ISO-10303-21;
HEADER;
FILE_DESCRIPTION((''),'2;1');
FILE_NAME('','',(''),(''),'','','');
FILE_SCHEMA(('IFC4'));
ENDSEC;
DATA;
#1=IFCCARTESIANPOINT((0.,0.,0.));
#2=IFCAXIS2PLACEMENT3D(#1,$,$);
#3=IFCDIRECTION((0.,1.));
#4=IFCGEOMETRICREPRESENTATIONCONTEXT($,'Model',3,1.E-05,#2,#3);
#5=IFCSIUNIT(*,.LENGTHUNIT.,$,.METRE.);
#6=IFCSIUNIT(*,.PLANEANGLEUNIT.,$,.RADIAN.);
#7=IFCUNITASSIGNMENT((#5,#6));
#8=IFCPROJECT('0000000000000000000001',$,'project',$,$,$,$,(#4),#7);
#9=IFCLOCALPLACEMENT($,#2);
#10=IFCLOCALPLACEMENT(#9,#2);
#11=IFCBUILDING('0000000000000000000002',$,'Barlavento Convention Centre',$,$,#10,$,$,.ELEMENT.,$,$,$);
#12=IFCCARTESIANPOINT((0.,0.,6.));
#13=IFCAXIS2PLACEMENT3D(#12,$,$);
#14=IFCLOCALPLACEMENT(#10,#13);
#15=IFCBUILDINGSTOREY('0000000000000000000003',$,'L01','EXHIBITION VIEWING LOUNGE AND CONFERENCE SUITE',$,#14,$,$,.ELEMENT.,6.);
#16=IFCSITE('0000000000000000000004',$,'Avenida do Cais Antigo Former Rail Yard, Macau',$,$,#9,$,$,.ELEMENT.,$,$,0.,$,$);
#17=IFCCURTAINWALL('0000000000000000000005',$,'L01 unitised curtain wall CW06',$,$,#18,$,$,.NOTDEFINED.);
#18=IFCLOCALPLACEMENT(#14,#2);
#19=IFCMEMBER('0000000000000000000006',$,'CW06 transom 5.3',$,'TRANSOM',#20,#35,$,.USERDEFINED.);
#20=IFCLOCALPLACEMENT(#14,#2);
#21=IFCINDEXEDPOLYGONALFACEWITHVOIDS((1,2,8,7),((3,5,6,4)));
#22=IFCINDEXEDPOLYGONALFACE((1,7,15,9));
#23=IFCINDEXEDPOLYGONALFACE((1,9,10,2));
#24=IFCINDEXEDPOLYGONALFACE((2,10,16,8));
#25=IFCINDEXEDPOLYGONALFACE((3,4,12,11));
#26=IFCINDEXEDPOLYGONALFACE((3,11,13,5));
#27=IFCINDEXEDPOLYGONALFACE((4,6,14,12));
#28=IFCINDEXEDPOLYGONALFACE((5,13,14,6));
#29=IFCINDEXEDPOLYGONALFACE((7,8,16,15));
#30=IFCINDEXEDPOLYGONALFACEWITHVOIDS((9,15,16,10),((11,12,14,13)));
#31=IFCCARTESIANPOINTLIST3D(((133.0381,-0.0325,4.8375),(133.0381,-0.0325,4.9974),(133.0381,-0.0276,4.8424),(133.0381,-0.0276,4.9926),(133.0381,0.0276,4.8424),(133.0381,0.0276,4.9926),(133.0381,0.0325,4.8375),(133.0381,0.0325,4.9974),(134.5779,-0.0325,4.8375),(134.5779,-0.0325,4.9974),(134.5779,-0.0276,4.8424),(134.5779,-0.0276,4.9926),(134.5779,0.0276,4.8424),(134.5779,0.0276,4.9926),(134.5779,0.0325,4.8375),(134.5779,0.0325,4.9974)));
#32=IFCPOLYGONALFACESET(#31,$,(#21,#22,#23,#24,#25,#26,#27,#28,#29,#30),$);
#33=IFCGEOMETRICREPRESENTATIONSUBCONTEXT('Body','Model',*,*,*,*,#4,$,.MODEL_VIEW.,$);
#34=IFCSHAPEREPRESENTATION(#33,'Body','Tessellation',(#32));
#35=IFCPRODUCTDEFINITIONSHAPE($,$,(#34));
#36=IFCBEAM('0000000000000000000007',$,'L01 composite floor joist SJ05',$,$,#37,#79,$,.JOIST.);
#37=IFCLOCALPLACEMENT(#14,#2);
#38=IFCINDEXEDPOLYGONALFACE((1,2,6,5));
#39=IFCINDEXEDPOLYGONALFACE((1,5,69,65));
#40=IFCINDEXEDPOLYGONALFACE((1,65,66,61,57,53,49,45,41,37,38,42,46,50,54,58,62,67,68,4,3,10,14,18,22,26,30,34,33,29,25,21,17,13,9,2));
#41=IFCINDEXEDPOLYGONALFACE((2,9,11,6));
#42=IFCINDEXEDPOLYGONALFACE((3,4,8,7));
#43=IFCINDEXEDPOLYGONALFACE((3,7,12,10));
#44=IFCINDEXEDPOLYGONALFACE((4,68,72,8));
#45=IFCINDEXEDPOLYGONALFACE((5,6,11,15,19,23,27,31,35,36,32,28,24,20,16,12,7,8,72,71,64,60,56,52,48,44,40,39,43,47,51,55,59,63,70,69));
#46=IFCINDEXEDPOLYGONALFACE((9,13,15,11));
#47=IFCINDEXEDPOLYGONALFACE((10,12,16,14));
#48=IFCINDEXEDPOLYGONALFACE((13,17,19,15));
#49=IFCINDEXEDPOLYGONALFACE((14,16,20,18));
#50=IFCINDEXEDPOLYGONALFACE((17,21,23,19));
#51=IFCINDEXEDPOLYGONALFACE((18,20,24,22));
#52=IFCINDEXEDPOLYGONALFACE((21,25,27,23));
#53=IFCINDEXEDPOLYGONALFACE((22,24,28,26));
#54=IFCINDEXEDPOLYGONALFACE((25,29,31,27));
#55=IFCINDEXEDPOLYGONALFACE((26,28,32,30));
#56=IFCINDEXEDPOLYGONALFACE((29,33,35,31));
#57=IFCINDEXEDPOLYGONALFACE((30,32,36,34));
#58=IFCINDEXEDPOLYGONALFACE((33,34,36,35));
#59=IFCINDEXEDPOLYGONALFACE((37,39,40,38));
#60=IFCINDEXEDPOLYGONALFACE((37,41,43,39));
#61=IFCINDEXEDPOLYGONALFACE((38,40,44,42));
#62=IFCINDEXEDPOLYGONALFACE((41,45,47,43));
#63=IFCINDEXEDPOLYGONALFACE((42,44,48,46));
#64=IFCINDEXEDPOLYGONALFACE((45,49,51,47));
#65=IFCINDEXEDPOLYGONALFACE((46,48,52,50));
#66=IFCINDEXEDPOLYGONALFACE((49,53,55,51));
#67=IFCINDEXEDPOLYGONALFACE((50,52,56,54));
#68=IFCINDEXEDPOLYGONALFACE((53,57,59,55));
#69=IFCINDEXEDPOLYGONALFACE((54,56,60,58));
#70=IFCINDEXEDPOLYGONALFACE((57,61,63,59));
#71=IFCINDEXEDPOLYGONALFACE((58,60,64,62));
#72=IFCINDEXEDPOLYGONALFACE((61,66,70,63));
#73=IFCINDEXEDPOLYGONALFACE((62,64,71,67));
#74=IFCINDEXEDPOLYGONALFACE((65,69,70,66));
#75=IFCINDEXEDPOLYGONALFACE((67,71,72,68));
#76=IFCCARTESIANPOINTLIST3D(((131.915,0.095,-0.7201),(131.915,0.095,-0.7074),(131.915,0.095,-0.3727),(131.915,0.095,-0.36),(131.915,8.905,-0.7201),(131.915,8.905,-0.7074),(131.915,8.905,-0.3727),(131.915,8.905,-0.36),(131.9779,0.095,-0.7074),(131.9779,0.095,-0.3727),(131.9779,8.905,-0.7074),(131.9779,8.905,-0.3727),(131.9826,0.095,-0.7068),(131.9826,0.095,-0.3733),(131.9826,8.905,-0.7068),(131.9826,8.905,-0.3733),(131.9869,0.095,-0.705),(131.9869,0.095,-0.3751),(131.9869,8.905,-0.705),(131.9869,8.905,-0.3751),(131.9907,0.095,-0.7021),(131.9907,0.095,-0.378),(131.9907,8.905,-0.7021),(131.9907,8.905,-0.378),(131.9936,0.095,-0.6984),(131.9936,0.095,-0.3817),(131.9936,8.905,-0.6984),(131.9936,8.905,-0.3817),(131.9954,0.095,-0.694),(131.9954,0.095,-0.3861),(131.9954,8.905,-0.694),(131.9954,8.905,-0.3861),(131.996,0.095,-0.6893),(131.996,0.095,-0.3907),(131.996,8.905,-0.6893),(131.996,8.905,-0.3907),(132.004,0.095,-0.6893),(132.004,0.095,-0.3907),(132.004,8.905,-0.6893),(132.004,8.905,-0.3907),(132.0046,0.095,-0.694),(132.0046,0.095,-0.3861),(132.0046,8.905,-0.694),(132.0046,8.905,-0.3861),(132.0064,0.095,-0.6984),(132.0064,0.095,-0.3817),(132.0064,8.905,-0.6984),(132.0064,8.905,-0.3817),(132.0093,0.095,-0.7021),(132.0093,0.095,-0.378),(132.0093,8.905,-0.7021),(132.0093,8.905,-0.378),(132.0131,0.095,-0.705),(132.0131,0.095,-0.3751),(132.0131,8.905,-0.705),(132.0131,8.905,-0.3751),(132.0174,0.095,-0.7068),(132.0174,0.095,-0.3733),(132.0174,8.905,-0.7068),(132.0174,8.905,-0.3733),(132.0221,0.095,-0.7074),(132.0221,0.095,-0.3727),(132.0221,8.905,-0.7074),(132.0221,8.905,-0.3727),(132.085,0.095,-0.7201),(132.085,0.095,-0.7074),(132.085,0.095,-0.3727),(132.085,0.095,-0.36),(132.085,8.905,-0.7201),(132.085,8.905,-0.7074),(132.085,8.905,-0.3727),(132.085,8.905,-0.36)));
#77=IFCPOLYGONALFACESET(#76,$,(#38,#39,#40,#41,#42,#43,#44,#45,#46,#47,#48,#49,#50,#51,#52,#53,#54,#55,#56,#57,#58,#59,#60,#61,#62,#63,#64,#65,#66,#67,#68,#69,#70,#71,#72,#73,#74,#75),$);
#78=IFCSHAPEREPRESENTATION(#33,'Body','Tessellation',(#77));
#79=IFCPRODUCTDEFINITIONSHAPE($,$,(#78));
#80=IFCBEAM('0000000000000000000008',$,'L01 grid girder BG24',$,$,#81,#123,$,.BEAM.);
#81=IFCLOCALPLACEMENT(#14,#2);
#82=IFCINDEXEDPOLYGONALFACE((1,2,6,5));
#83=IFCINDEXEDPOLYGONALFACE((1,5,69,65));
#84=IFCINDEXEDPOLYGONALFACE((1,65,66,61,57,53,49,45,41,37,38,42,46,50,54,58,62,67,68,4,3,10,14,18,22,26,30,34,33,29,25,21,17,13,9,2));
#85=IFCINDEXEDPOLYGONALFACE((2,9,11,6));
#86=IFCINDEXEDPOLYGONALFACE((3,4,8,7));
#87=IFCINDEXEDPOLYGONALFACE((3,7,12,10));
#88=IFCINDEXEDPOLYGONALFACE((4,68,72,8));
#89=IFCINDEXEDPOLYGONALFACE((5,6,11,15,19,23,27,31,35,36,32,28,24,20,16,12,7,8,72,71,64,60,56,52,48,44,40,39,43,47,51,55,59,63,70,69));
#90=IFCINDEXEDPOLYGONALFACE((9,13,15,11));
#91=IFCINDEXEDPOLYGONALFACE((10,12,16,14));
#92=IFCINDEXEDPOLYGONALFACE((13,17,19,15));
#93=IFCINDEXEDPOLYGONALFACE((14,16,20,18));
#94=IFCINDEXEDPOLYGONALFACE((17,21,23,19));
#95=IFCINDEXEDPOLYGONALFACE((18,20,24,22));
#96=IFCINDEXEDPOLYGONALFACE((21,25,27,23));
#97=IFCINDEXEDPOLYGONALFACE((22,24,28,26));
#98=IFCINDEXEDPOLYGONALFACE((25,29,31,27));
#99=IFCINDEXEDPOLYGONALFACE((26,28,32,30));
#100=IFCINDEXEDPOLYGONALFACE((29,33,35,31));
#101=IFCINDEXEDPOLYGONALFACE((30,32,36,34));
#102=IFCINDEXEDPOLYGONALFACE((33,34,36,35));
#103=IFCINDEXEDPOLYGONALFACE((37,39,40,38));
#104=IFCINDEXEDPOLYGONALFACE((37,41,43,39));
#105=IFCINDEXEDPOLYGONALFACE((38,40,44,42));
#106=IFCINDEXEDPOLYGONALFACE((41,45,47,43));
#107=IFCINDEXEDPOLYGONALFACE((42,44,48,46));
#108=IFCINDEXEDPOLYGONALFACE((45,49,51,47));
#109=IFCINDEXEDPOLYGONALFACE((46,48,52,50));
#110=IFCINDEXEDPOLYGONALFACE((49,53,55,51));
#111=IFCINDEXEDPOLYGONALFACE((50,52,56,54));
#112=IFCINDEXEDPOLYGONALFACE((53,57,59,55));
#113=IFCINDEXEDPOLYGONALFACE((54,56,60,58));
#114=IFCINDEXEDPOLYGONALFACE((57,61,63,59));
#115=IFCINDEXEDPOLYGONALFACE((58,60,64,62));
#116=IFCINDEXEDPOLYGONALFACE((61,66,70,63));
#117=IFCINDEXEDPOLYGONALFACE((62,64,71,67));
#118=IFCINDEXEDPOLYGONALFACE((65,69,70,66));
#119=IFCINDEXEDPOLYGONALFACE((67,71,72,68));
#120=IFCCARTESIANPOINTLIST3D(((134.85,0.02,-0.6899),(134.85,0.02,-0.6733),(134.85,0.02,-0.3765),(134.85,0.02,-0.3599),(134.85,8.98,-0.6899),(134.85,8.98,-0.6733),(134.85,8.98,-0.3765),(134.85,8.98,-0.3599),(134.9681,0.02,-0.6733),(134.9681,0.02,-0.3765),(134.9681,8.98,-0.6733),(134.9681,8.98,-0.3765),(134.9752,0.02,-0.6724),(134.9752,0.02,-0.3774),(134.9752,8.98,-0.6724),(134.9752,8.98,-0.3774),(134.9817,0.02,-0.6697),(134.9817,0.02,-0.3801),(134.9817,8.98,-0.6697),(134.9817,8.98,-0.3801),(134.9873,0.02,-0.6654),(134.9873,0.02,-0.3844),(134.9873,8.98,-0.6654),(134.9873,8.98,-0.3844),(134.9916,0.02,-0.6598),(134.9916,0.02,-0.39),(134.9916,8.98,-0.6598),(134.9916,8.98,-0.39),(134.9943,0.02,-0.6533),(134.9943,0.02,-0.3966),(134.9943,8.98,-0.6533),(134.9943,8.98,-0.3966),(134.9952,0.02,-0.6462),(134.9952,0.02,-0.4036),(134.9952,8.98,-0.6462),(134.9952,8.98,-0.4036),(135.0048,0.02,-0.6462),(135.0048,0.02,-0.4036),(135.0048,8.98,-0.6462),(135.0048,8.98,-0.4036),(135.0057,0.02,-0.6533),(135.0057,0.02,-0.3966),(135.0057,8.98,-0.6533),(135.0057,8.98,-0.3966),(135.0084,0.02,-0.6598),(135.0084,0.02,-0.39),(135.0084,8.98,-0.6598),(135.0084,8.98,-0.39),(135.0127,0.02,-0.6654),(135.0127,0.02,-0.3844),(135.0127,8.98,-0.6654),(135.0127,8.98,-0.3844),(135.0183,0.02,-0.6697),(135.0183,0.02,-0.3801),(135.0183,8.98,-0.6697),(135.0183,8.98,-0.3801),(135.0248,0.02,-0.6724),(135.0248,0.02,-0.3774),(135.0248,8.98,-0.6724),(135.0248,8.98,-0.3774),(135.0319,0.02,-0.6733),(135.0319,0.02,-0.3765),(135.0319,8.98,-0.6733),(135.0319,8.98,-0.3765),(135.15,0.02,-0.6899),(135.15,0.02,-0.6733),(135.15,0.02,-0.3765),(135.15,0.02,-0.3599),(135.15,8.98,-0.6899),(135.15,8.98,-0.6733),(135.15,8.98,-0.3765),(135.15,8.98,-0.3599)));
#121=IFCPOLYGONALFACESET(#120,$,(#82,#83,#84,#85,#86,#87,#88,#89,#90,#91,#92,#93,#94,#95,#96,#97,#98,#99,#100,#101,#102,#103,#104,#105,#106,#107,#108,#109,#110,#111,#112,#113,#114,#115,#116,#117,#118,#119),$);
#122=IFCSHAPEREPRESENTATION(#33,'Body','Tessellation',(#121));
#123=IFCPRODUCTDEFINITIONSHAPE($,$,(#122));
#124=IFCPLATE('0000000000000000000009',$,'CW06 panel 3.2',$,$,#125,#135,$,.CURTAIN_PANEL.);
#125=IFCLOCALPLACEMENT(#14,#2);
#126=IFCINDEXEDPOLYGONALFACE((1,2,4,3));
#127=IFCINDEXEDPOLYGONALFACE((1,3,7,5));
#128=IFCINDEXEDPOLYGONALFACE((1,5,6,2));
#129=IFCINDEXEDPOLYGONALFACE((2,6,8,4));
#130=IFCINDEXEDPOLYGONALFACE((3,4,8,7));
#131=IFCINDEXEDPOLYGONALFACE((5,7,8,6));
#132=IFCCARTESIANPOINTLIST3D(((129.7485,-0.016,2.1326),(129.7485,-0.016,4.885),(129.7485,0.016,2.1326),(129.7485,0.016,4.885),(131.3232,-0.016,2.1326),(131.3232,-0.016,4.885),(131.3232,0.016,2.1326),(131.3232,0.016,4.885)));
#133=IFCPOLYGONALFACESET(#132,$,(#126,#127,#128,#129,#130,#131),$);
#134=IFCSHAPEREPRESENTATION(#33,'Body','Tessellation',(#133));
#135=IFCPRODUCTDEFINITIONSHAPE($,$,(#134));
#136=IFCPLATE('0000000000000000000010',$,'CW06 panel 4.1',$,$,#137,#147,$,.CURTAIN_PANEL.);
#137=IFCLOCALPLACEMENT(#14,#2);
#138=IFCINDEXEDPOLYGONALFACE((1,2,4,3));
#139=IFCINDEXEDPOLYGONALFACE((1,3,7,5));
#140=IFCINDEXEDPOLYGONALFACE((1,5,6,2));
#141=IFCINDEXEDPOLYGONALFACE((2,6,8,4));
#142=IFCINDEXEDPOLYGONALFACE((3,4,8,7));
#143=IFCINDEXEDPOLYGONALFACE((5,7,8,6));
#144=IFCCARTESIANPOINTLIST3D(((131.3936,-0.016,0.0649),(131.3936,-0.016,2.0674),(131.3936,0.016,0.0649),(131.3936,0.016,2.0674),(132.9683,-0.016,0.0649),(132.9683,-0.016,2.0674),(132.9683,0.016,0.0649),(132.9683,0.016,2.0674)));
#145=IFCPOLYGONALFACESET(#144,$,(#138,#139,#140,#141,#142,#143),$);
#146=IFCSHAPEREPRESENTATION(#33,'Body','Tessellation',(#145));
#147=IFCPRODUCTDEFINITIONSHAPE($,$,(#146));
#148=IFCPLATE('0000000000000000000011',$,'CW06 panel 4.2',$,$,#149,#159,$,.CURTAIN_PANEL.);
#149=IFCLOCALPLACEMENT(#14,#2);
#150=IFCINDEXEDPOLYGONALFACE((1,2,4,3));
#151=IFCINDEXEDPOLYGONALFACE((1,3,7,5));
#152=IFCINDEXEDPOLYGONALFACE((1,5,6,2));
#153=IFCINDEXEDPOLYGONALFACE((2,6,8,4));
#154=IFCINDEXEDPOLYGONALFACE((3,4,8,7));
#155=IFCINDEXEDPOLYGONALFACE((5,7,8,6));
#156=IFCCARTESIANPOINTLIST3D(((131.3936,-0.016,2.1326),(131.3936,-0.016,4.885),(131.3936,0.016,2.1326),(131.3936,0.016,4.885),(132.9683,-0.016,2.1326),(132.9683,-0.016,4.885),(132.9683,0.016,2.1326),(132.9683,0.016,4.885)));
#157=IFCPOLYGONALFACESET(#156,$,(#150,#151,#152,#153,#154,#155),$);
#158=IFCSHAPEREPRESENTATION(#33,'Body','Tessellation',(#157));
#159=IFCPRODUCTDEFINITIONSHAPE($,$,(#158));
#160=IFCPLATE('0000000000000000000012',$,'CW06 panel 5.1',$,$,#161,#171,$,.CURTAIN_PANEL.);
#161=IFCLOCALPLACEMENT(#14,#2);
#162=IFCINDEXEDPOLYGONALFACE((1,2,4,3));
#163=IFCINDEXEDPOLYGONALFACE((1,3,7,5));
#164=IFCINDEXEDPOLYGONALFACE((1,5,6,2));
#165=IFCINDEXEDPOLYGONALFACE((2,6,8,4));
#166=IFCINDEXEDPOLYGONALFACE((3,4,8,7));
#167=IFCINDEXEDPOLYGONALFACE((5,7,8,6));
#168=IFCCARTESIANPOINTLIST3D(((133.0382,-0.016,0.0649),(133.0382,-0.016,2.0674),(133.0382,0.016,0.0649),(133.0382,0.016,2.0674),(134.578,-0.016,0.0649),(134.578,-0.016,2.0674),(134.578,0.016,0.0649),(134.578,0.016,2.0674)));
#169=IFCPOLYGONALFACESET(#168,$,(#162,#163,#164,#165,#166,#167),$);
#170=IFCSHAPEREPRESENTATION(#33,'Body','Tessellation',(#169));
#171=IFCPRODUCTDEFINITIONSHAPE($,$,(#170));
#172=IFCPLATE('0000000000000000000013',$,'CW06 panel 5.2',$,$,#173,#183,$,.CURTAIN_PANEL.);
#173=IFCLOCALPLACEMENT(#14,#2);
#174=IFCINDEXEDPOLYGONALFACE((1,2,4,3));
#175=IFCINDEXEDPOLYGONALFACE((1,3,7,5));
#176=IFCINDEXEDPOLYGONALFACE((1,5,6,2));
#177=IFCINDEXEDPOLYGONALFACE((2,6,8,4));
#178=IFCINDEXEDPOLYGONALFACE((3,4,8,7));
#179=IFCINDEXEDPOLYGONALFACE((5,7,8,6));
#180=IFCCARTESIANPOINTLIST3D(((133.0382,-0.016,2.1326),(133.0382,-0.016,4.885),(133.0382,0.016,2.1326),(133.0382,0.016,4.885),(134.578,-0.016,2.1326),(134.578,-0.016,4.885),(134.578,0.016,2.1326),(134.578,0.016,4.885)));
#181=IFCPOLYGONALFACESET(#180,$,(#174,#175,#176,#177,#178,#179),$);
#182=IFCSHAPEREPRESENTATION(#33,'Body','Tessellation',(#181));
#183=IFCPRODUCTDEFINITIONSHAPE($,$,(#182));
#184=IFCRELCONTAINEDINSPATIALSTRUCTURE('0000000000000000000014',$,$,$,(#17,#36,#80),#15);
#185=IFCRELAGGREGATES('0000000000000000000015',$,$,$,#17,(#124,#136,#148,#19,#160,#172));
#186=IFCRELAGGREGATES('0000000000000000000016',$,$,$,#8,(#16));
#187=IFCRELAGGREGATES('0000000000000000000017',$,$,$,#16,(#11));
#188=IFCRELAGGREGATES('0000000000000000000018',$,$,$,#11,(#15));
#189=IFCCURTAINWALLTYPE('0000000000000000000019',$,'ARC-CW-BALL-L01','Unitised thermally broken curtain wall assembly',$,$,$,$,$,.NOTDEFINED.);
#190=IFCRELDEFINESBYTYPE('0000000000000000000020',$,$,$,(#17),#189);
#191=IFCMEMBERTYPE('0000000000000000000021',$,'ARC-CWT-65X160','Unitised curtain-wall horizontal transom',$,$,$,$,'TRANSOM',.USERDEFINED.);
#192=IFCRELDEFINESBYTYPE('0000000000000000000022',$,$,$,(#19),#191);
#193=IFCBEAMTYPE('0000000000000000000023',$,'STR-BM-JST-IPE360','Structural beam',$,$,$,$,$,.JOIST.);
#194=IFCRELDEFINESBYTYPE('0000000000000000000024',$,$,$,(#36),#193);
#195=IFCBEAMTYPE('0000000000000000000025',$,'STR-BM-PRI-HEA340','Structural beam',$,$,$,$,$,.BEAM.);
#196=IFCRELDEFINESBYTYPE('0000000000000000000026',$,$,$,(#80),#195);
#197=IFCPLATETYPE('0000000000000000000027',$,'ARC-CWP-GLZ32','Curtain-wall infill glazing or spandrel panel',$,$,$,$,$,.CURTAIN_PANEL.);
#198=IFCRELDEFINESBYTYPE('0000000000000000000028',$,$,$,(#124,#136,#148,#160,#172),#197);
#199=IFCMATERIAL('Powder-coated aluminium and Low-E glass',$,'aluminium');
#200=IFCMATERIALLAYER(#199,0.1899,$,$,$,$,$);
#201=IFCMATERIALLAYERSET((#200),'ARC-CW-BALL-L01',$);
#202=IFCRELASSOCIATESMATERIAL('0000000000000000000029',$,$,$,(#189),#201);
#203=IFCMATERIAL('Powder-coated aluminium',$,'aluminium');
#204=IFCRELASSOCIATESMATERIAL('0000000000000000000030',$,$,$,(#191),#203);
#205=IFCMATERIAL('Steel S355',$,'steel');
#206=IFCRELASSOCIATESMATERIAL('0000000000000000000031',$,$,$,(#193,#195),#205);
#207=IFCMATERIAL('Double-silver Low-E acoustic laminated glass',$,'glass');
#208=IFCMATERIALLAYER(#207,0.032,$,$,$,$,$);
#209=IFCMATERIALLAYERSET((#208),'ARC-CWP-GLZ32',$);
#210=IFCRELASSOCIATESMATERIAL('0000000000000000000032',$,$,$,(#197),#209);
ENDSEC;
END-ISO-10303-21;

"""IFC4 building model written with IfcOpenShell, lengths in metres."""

from ifc_helpers import new_model, si_unit, direction, frame, origin, origin_2d, place, context, subcontext, project, spatial, rectangle, hollow_rectangle, i_section, extrude, material, layer, layer_set, material_profile, profile_set, type_object, element, aggregate, save


model = new_model("IFC4")

# Units and contexts
model_context = context("Model", 3, precision=1e-05, world=origin(), true_north=direction((0.0, 1.0)))
body_context = subcontext(model_context, "Body", "Model", "MODEL_VIEW")
ifc_project = project(units=[si_unit("LENGTHUNIT", "METRE"), si_unit("PLANEANGLEUNIT", "RADIAN")], contexts=[model_context])

# Site, building, storey
site_placement = place(None, origin())
site = spatial("IfcSite", under=ifc_project, at=site_placement, Name="Avenida do Cais Antigo Former Rail Yard, Macau", CompositionType="ELEMENT", RefElevation=0.0)
building_placement = place(site_placement, origin())
building = spatial("IfcBuilding", under=site, at=building_placement, Name="Barlavento Convention Centre", CompositionType="ELEMENT")
storey_placement = place(building_placement, frame((0.0, 0.0, 6.0)))
storey = spatial("IfcBuildingStorey", under=building, at=storey_placement, Name="L01", Description="EXHIBITION VIEWING LOUNGE AND CONFERENCE SUITE", CompositionType="ELEMENT", Elevation=6.0)

# Shared definitions
ifc_material_1 = material(Name="Steel S355", Category="steel")

# Curtain wall, member
ifc_material_2 = material(Name="Powder-coated aluminium and Low-E glass", Category="aluminium")
ifc_layer_1 = layer(ifc_material_2, 0.1899)
ifc_layer_set_1 = layer_set([ifc_layer_1], Name="ARC-CW-BALL-L01")
curtain_wall_type = type_object("IfcCurtainWallType", Name="ARC-CW-BALL-L01", Description="Unitised thermally broken curtain wall assembly", PredefinedType="NOTDEFINED", material=ifc_layer_set_1)
curtain_wall_placement = place(storey_placement, origin())
curtain_wall = element("IfcCurtainWall", 1, at=curtain_wall_placement, inside=storey, type_object=curtain_wall_type, Name="L01 unitised curtain wall CW06", PredefinedType="NOTDEFINED")
ifc_material_3 = material(Name="Powder-coated aluminium", Category="aluminium")
ifc_material_profile_1 = material_profile(ifc_material_3, hollow_rectangle(XDim=0.0649, YDim=0.1599, WallThickness=0.0049, at=origin_2d()), Name="AL-TRAN 65x160x5")
ifc_profile_set_1 = profile_set([ifc_material_profile_1], Name="Powder-coated aluminium")
member_type_1 = type_object("IfcMemberType", Name="ARC-CWT-65X160", Description="Unitised curtain-wall horizontal transom", ElementType="TRANSOM", PredefinedType="USERDEFINED", material=ifc_profile_set_1)
member_1_placement = place(storey_placement, frame((133.0381, 0.0, 4.9175), z_axis=(1.0, 0.0, 0.0), x_axis=(0.0, 1.0, 0.0)))
member_1 = element("IfcMember", 2, at=member_1_placement, type_object=member_type_1, Name="CW06 transom 5.3", ObjectType="TRANSOM", PredefinedType="USERDEFINED", context=body_context, shape_type="SweptSolid", body=[
    extrude(hollow_rectangle(XDim=0.0649, YDim=0.1599, WallThickness=0.0049, at=origin_2d()), origin(), (0.0, 0.0, 1.0), 1.5398),
])

# Beams
ifc_material_profile_2 = material_profile(ifc_material_1, i_section(OverallWidth=0.1699, OverallDepth=0.3601, WebThickness=0.0081, FlangeThickness=0.0127, FilletRadius=0.0181, at=origin_2d()), Name="IPE 360")
ifc_profile_set_2 = profile_set([ifc_material_profile_2], Name="Steel S355")
beam_type_1 = type_object("IfcBeamType", Name="STR-BM-JST-IPE360", Description="Structural beam", PredefinedType="JOIST", material=ifc_profile_set_2)
beam_1_placement = place(storey_placement, frame((132.0, 0.095, -0.54), z_axis=(0.0, 1.0, 0.0), x_axis=(-1.0, 0.0, 0.0)))
element("IfcBeam", 3, at=beam_1_placement, inside=storey, type_object=beam_type_1, Name="L01 composite floor joist SJ05", PredefinedType="JOIST", context=body_context, shape_type="SweptSolid", body=[
    extrude(i_section(OverallWidth=0.1699, OverallDepth=0.3601, WebThickness=0.0081, FlangeThickness=0.0127, FilletRadius=0.0181, at=origin_2d()), origin(), (0.0, 0.0, 1.0), 8.8101),
])
ifc_material_profile_3 = material_profile(ifc_material_1, i_section(OverallWidth=0.3, OverallDepth=0.3301, WebThickness=0.0095, FlangeThickness=0.0166, FilletRadius=0.0271, at=origin_2d()), Name="HEA 340")
ifc_profile_set_3 = profile_set([ifc_material_profile_3], Name="Steel S355")
beam_type_2 = type_object("IfcBeamType", Name="STR-BM-PRI-HEA340", Description="Structural beam", PredefinedType="BEAM", material=ifc_profile_set_3)
beam_2_placement = place(storey_placement, frame((135.0, 0.02, -0.5249), z_axis=(0.0, 1.0, 0.0), x_axis=(-1.0, 0.0, 0.0)))
element("IfcBeam", 4, at=beam_2_placement, inside=storey, type_object=beam_type_2, Name="L01 grid girder BG24", PredefinedType="BEAM", context=body_context, shape_type="SweptSolid", body=[
    extrude(i_section(OverallWidth=0.3, OverallDepth=0.3301, WebThickness=0.0095, FlangeThickness=0.0166, FilletRadius=0.0271, at=origin_2d()), origin(), (0.0, 0.0, 1.0), 8.96),
])

# Plates
ifc_material_4 = material(Name="Double-silver Low-E acoustic laminated glass", Category="glass")
ifc_layer_2 = layer(ifc_material_4, 0.032)
ifc_layer_set_2 = layer_set([ifc_layer_2], Name="ARC-CWP-GLZ32")
plate_type = type_object("IfcPlateType", Name="ARC-CWP-GLZ32", Description="Curtain-wall infill glazing or spandrel panel", PredefinedType="CURTAIN_PANEL", material=ifc_layer_set_2)
plate_1_placement = place(storey_placement, frame((130.5359, 0.0, 2.1326), z_axis=(0.0, 0.0, 1.0), x_axis=(1.0, 0.0, 0.0)))
plate_1 = element("IfcPlate", 5, at=plate_1_placement, type_object=plate_type, Name="CW06 panel 3.2", PredefinedType="CURTAIN_PANEL", context=body_context, shape_type="SweptSolid", body=[
    extrude(rectangle(XDim=1.5747, YDim=0.032, at=origin_2d()), origin(), (0.0, 0.0, 1.0), 2.7524),
])
plate_2_placement = place(storey_placement, frame((132.1809, 0.0, 0.0649), z_axis=(0.0, 0.0, 1.0), x_axis=(1.0, 0.0, 0.0)))
plate_2 = element("IfcPlate", 6, at=plate_2_placement, type_object=plate_type, Name="CW06 panel 4.1", PredefinedType="CURTAIN_PANEL", context=body_context, shape_type="SweptSolid", body=[
    extrude(rectangle(XDim=1.5747, YDim=0.032, at=origin_2d()), origin(), (0.0, 0.0, 1.0), 2.0024),
])
plate_3_placement = place(storey_placement, frame((132.1809, 0.0, 2.1326), z_axis=(0.0, 0.0, 1.0), x_axis=(1.0, 0.0, 0.0)))
plate_3 = element("IfcPlate", 7, at=plate_3_placement, type_object=plate_type, Name="CW06 panel 4.2", PredefinedType="CURTAIN_PANEL", context=body_context, shape_type="SweptSolid", body=[
    extrude(rectangle(XDim=1.5747, YDim=0.032, at=origin_2d()), origin(), (0.0, 0.0, 1.0), 2.7524),
])
plate_4_placement = place(storey_placement, frame((133.8081, 0.0, 0.0649), z_axis=(0.0, 0.0, 1.0), x_axis=(1.0, 0.0, 0.0)))
plate_4 = element("IfcPlate", 8, at=plate_4_placement, type_object=plate_type, Name="CW06 panel 5.1", PredefinedType="CURTAIN_PANEL", context=body_context, shape_type="SweptSolid", body=[
    extrude(rectangle(XDim=1.5398, YDim=0.032, at=origin_2d()), origin(), (0.0, 0.0, 1.0), 2.0024),
])
plate_5_placement = place(storey_placement, frame((133.8081, 0.0, 2.1326), z_axis=(0.0, 0.0, 1.0), x_axis=(1.0, 0.0, 0.0)))
plate_5 = element("IfcPlate", 9, at=plate_5_placement, type_object=plate_type, Name="CW06 panel 5.2", PredefinedType="CURTAIN_PANEL", context=body_context, shape_type="SweptSolid", body=[
    extrude(rectangle(XDim=1.5398, YDim=0.032, at=origin_2d()), origin(), (0.0, 0.0, 1.0), 2.7524),
])
aggregate(curtain_wall, [plate_1, plate_2, plate_3, member_1, plate_4, plate_5])

save(model, "model.ifc")
